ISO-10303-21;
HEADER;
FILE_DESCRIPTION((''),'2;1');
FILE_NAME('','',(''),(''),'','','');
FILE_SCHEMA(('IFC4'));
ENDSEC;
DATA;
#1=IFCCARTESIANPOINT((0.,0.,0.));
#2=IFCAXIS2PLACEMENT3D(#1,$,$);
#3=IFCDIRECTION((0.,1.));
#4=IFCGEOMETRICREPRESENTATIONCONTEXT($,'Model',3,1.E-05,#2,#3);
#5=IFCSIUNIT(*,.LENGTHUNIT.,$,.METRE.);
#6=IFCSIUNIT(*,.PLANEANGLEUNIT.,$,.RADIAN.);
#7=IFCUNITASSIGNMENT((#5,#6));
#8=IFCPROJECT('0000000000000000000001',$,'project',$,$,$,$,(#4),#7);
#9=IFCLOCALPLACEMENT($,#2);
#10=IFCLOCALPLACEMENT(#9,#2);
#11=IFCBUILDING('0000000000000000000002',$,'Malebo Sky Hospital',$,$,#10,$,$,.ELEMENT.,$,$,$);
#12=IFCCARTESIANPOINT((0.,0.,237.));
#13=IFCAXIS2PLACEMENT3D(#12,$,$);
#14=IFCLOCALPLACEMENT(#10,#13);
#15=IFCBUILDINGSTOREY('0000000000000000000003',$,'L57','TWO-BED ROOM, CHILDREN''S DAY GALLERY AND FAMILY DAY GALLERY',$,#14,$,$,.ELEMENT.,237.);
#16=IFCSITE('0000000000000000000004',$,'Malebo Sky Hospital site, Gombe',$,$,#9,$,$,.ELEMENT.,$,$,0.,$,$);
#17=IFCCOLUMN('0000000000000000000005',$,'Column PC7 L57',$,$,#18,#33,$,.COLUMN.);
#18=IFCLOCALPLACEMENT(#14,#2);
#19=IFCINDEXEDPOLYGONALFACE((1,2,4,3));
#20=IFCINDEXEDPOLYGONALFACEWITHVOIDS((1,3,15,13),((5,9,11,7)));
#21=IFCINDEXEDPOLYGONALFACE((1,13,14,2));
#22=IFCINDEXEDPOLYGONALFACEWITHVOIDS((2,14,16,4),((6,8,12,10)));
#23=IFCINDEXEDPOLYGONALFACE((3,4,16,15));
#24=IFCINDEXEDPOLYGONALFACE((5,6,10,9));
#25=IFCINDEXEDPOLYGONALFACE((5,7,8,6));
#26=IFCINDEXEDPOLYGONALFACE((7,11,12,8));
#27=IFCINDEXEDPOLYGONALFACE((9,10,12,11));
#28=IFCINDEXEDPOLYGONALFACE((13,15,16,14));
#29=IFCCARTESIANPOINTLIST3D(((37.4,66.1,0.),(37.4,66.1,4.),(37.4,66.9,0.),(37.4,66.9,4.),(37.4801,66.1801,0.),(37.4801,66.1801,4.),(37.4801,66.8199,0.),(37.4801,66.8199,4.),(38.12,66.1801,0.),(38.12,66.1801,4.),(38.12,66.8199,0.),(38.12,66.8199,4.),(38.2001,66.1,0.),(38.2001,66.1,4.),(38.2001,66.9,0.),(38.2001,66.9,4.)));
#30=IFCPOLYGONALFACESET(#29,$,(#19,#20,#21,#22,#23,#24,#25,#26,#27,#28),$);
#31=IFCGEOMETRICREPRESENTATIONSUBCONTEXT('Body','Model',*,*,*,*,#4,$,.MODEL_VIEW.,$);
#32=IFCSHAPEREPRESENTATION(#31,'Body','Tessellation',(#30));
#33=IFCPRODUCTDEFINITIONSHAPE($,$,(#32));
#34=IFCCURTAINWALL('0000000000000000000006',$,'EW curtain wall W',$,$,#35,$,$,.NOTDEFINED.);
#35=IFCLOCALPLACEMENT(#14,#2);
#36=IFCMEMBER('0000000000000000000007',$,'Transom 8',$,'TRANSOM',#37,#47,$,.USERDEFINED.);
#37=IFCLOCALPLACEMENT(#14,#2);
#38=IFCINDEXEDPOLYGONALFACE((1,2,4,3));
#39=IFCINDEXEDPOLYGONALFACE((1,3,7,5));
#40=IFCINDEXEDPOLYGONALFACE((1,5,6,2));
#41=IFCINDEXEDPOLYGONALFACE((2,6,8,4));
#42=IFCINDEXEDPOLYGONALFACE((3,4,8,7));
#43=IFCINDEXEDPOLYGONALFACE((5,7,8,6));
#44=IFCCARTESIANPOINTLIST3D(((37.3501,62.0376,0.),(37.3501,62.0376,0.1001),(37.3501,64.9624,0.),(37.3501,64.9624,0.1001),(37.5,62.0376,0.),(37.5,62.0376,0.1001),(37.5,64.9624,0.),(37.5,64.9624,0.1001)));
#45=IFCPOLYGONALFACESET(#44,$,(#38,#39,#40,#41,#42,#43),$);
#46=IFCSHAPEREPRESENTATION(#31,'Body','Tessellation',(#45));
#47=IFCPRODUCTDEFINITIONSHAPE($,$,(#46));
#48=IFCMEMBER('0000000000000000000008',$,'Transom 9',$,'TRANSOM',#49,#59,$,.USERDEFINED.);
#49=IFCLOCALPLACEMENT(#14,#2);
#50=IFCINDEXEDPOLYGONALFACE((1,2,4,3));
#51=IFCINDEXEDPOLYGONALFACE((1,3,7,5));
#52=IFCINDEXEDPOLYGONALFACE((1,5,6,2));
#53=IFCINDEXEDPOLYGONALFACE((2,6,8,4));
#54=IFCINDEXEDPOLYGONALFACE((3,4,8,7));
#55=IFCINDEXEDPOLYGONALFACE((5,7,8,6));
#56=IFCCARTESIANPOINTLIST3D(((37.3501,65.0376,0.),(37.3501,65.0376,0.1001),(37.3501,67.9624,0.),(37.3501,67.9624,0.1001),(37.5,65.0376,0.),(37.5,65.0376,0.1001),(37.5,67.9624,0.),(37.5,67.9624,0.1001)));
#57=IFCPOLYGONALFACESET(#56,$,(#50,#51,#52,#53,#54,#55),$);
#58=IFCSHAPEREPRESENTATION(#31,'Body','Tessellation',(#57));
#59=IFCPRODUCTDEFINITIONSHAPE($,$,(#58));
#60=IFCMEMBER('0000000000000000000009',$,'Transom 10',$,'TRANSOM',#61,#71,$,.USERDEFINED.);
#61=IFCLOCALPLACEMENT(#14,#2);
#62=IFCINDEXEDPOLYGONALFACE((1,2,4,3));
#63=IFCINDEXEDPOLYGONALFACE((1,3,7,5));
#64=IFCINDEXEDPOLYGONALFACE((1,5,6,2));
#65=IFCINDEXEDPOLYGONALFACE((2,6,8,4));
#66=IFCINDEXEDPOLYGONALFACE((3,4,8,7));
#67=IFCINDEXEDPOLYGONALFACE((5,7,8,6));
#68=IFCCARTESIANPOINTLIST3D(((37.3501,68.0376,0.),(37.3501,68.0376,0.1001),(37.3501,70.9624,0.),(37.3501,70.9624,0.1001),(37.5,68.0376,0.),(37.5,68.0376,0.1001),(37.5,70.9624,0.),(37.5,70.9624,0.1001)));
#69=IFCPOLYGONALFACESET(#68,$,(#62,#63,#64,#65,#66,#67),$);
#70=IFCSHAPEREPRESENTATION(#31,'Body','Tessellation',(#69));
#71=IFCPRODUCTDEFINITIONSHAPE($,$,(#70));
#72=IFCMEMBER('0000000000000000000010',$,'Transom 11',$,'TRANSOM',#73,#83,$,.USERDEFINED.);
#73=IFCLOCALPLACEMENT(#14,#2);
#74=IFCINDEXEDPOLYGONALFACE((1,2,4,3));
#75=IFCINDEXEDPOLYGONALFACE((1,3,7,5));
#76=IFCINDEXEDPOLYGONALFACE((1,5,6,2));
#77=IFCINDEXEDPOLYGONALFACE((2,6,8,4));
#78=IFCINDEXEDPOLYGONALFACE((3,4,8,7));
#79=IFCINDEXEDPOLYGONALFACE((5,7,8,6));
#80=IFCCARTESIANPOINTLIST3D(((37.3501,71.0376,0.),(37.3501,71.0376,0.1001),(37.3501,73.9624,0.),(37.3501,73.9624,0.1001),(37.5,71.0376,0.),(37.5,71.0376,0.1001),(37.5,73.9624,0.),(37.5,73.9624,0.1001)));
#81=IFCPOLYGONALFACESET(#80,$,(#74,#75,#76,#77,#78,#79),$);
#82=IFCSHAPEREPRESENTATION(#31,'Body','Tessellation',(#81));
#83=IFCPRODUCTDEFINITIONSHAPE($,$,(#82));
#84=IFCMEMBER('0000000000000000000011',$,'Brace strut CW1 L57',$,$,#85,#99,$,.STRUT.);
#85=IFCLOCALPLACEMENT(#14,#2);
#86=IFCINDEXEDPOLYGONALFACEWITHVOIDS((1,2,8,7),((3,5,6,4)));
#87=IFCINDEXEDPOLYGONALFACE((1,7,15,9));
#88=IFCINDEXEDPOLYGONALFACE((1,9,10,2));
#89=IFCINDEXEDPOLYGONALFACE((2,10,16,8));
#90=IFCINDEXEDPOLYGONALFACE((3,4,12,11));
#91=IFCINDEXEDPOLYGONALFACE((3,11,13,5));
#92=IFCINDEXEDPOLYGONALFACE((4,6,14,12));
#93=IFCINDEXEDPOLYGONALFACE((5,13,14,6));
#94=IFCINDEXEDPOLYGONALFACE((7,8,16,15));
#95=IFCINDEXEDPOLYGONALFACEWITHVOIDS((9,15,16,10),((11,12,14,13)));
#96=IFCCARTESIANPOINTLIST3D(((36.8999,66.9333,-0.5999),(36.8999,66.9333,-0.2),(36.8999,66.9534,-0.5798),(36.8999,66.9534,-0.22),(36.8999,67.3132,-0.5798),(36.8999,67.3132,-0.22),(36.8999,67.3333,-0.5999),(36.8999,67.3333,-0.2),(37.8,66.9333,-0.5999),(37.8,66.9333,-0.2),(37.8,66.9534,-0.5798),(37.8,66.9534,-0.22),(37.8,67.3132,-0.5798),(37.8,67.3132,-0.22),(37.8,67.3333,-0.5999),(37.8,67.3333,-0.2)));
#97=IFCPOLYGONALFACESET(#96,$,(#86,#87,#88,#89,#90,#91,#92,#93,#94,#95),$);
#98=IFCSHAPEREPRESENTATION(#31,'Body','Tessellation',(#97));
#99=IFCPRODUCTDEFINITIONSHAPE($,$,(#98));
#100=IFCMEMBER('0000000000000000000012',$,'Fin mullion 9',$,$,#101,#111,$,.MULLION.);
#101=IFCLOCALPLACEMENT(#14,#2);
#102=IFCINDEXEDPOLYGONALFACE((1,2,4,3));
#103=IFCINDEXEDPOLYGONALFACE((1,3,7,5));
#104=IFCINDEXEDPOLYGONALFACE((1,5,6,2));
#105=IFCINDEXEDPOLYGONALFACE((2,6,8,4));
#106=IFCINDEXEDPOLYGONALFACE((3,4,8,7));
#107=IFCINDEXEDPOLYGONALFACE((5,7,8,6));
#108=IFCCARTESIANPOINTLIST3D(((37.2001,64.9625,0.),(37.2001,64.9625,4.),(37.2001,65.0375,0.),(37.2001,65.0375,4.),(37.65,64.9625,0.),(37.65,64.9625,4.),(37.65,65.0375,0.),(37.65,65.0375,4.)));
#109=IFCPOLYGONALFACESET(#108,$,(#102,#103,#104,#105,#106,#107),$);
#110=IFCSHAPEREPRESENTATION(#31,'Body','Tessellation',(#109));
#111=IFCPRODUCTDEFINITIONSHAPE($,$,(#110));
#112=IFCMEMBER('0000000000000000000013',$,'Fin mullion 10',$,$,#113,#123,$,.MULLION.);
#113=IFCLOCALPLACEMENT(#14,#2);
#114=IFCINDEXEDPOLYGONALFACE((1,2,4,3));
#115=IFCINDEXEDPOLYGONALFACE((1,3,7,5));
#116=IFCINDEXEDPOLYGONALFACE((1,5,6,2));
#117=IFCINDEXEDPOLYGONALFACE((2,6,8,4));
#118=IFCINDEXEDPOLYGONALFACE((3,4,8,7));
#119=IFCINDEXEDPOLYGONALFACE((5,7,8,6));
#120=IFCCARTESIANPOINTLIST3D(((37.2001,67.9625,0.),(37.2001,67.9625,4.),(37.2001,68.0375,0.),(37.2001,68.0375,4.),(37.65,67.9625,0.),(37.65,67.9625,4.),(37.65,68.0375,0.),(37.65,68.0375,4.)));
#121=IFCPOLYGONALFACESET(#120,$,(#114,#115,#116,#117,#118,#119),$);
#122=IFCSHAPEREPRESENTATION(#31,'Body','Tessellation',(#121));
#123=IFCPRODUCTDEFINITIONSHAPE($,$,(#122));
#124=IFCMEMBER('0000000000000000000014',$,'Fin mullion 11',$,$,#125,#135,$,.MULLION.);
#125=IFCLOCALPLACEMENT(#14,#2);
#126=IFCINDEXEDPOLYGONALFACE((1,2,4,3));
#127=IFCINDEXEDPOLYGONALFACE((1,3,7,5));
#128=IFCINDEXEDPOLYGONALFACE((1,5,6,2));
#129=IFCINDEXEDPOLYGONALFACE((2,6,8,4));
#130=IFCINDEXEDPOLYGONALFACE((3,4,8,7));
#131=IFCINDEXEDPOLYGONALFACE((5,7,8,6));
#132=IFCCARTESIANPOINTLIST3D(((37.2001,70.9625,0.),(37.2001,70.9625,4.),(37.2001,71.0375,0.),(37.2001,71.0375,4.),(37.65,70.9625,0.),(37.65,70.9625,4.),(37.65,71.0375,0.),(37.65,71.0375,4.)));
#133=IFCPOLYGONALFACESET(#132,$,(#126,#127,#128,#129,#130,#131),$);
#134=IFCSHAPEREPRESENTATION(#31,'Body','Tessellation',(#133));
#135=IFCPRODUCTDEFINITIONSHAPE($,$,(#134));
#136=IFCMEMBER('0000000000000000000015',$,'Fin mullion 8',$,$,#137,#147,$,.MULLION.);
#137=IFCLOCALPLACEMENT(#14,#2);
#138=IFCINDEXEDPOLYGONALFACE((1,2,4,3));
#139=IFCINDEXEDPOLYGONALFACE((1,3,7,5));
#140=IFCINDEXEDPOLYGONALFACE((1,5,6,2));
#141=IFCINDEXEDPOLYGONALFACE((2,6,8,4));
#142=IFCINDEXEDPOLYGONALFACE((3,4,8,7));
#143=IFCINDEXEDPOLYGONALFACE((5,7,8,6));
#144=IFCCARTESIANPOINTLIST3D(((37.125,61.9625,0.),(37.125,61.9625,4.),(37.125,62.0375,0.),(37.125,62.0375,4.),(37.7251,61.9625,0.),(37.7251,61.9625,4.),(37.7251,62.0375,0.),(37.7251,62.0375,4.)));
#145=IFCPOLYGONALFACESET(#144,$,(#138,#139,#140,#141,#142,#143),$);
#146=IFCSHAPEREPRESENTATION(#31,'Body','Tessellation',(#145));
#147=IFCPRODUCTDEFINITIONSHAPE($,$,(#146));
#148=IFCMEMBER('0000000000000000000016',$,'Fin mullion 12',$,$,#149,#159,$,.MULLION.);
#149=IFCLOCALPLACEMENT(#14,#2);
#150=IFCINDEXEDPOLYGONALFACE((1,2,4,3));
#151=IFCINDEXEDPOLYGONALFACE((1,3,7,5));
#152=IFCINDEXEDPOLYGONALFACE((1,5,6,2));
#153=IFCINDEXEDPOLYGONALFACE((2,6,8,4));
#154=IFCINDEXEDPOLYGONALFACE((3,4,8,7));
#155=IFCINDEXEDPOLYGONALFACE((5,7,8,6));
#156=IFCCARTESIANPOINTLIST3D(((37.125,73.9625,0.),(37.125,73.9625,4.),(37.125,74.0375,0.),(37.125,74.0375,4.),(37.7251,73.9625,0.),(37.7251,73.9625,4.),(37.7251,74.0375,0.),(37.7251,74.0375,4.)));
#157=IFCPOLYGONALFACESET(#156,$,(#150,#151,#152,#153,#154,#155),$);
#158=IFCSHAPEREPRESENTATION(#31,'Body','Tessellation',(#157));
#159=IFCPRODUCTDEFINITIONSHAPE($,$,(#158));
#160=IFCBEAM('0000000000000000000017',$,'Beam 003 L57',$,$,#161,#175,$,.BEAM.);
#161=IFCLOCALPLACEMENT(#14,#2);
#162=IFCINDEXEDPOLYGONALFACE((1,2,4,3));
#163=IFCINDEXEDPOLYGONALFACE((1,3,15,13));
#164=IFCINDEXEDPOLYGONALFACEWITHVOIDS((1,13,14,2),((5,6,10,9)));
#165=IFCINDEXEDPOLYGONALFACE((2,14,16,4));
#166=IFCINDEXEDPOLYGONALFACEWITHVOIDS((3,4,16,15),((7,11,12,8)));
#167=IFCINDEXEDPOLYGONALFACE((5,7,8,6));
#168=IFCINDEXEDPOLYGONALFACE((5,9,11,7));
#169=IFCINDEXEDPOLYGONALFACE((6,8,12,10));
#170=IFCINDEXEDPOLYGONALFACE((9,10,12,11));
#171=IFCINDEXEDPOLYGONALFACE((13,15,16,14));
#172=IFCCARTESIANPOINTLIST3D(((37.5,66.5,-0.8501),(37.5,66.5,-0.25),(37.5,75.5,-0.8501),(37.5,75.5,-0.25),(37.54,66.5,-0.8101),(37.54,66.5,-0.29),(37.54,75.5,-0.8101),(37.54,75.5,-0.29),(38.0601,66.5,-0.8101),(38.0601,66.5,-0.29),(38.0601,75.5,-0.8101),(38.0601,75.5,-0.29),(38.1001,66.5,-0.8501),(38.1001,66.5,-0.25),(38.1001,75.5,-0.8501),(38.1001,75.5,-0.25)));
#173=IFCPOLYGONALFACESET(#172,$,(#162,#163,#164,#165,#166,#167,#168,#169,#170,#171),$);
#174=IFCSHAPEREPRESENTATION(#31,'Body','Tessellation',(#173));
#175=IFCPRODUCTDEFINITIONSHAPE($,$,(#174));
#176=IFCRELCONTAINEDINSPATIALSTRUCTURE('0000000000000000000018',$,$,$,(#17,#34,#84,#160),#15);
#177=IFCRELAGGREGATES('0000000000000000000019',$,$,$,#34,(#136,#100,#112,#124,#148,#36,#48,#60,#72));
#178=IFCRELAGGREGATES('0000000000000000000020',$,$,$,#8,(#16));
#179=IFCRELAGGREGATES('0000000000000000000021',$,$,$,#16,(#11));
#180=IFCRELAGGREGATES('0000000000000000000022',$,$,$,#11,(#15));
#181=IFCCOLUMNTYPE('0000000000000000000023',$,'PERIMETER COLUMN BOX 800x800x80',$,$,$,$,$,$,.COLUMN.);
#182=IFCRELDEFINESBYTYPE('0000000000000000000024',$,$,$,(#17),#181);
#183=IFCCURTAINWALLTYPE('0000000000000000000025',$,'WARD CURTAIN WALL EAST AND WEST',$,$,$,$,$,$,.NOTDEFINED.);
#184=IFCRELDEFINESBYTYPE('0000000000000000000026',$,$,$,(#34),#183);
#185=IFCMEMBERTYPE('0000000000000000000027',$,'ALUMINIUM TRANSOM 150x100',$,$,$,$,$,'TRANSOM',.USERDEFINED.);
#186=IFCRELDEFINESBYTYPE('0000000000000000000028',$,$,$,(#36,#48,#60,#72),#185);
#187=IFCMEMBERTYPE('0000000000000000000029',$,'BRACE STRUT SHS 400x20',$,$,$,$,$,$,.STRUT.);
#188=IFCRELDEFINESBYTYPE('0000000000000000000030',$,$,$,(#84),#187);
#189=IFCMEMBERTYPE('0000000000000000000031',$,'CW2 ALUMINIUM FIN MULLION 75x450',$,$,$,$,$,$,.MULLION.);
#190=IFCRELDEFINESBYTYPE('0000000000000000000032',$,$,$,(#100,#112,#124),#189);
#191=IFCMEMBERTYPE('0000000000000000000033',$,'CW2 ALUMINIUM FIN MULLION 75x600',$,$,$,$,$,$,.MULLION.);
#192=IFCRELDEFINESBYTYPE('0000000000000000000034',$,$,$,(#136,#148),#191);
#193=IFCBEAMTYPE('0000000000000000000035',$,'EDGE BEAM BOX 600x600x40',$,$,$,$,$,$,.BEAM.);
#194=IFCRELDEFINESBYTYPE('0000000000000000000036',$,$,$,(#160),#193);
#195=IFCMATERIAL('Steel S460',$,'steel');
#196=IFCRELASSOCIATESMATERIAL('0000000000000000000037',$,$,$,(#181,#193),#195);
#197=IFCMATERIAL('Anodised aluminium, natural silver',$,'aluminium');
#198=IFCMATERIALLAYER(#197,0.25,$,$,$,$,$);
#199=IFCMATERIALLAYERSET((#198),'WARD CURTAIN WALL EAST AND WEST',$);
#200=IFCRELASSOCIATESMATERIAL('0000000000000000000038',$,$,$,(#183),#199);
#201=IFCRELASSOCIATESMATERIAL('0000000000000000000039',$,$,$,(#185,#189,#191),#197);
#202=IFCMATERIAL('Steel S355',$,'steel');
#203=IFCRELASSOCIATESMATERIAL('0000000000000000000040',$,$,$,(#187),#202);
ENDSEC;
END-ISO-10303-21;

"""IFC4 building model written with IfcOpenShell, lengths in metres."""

from ifc_helpers import new_model, si_unit, direction, frame, origin, origin_2d, place, context, subcontext, project, spatial, rectangle, hollow_rectangle, extrude, material, layer, layer_set, material_profile, profile_set, type_object, element, aggregate, save


model = new_model("IFC4")

# Units and contexts
model_context = context("Model", 3, precision=1e-05, world=origin(), true_north=direction((0.0, 1.0)))
body_context = subcontext(model_context, "Body", "Model", "MODEL_VIEW")
ifc_project = project(units=[si_unit("LENGTHUNIT", "METRE"), si_unit("PLANEANGLEUNIT", "RADIAN")], contexts=[model_context])

# Site, building, storey
site_placement = place(None, origin())
site = spatial("IfcSite", under=ifc_project, at=site_placement, Name="Malebo Sky Hospital site, Gombe", CompositionType="ELEMENT", RefElevation=0.0)
building_placement = place(site_placement, origin())
building = spatial("IfcBuilding", under=site, at=building_placement, Name="Malebo Sky Hospital", CompositionType="ELEMENT")
storey_placement = place(building_placement, frame((0.0, 0.0, 237.0)))
storey = spatial("IfcBuildingStorey", under=building, at=storey_placement, Name="L57", Description="TWO-BED ROOM, CHILDREN'S DAY GALLERY AND FAMILY DAY GALLERY", CompositionType="ELEMENT", Elevation=237.0)

# Column
ifc_material_1 = material(Name="Steel S460", Category="steel")
ifc_material_profile_1 = material_profile(ifc_material_1, hollow_rectangle(XDim=0.8, YDim=0.8, WallThickness=0.0801, at=origin_2d()), Name="BOX 800x800x80")
ifc_profile_set_1 = profile_set([ifc_material_profile_1], Name="Steel S460")
column_type = type_object("IfcColumnType", Name="PERIMETER COLUMN BOX 800x800x80", PredefinedType="COLUMN", material=ifc_profile_set_1)
column_placement = place(storey_placement, frame((37.8, 66.5, 0.0), z_axis=(0.0, 0.0, 1.0), x_axis=(1.0, 0.0, 0.0)))
element("IfcColumn", 1, at=column_placement, inside=storey, type_object=column_type, Name="Column PC7 L57", PredefinedType="COLUMN", context=body_context, shape_type="SweptSolid", body=[
    extrude(hollow_rectangle(XDim=0.8, YDim=0.8, WallThickness=0.0801, at=origin_2d()), origin(), (0.0, 0.0, 1.0), 4.0),
])

# Curtain wall, members
ifc_material_2 = material(Name="Anodised aluminium, natural silver", Category="aluminium")
ifc_layer_1 = layer(ifc_material_2, 0.25)
ifc_layer_set_1 = layer_set([ifc_layer_1], Name="WARD CURTAIN WALL EAST AND WEST")
curtain_wall_type = type_object("IfcCurtainWallType", Name="WARD CURTAIN WALL EAST AND WEST", PredefinedType="NOTDEFINED", material=ifc_layer_set_1)
curtain_wall_placement = place(storey_placement, origin())
curtain_wall = element("IfcCurtainWall", 2, at=curtain_wall_placement, inside=storey, type_object=curtain_wall_type, Name="EW curtain wall W", PredefinedType="NOTDEFINED")
ifc_material_profile_2 = material_profile(ifc_material_2, rectangle(XDim=0.1499, YDim=0.1001, at=origin_2d()), Name="ALUMINIUM TRANSOM 150x100")
ifc_profile_set_2 = profile_set([ifc_material_profile_2], Name="Anodised aluminium, natural silver")
member_type_1 = type_object("IfcMemberType", Name="ALUMINIUM TRANSOM 150x100", ElementType="TRANSOM", PredefinedType="USERDEFINED", material=ifc_profile_set_2)
member_1_placement = place(storey_placement, frame((37.425, 62.0376, 0.05), z_axis=(0.0, 1.0, 0.0), x_axis=(-1.0, 0.0, 0.0)))
member_1 = element("IfcMember", 3, at=member_1_placement, type_object=member_type_1, Name="Transom 8", ObjectType="TRANSOM", PredefinedType="USERDEFINED", context=body_context, shape_type="SweptSolid", body=[
    extrude(rectangle(XDim=0.1499, YDim=0.1001, at=origin_2d()), origin(), (0.0, 0.0, 1.0), 2.9248),
])
member_2_placement = place(storey_placement, frame((37.425, 65.0376, 0.05), z_axis=(0.0, 1.0, 0.0), x_axis=(-1.0, 0.0, 0.0)))
member_2 = element("IfcMember", 4, at=member_2_placement, type_object=member_type_1, Name="Transom 9", ObjectType="TRANSOM", PredefinedType="USERDEFINED", context=body_context, shape_type="SweptSolid", body=[
    extrude(rectangle(XDim=0.1499, YDim=0.1001, at=origin_2d()), origin(), (0.0, 0.0, 1.0), 2.9248),
])
member_3_placement = place(storey_placement, frame((37.425, 68.0376, 0.05), z_axis=(0.0, 1.0, 0.0), x_axis=(-1.0, 0.0, 0.0)))
member_3 = element("IfcMember", 5, at=member_3_placement, type_object=member_type_1, Name="Transom 10", ObjectType="TRANSOM", PredefinedType="USERDEFINED", context=body_context, shape_type="SweptSolid", body=[
    extrude(rectangle(XDim=0.1499, YDim=0.1001, at=origin_2d()), origin(), (0.0, 0.0, 1.0), 2.9248),
])
member_4_placement = place(storey_placement, frame((37.425, 71.0376, 0.05), z_axis=(0.0, 1.0, 0.0), x_axis=(-1.0, 0.0, 0.0)))
member_4 = element("IfcMember", 6, at=member_4_placement, type_object=member_type_1, Name="Transom 11", ObjectType="TRANSOM", PredefinedType="USERDEFINED", context=body_context, shape_type="SweptSolid", body=[
    extrude(rectangle(XDim=0.1499, YDim=0.1001, at=origin_2d()), origin(), (0.0, 0.0, 1.0), 2.9248),
])

# Members
ifc_material_3 = material(Name="Steel S355", Category="steel")
ifc_material_profile_3 = material_profile(ifc_material_3, hollow_rectangle(XDim=0.3999, YDim=0.3999, WallThickness=0.02, at=origin_2d()), Name="SHS 400x20")
ifc_profile_set_3 = profile_set([ifc_material_profile_3], Name="Steel S355")
member_type_2 = type_object("IfcMemberType", Name="BRACE STRUT SHS 400x20", PredefinedType="STRUT", material=ifc_profile_set_3)
member_5_placement = place(storey_placement, frame((36.8999, 67.1333, -0.3999), z_axis=(1.0, 0.0, 0.0), x_axis=(0.0, 1.0, 0.0)))
element("IfcMember", 7, at=member_5_placement, inside=storey, type_object=member_type_2, Name="Brace strut CW1 L57", PredefinedType="STRUT", context=body_context, shape_type="SweptSolid", body=[
    extrude(hollow_rectangle(XDim=0.3999, YDim=0.3999, WallThickness=0.02, at=origin_2d()), origin(), (0.0, 0.0, 1.0), 0.9001),
])
ifc_material_profile_4 = material_profile(ifc_material_2, rectangle(XDim=0.075, YDim=0.45, at=origin_2d()), Name="CW2 ALUMINIUM FIN MULLION 75x450")
ifc_profile_set_4 = profile_set([ifc_material_profile_4], Name="Anodised aluminium, natural silver")
member_type_3 = type_object("IfcMemberType", Name="CW2 ALUMINIUM FIN MULLION 75x450", PredefinedType="MULLION", material=ifc_profile_set_4)
member_6_placement = place(storey_placement, frame((37.425, 65.0, 0.0), z_axis=(0.0, 0.0, 1.0), x_axis=(0.0, 1.0, 0.0)))
member_6 = element("IfcMember", 8, at=member_6_placement, type_object=member_type_3, Name="Fin mullion 9", PredefinedType="MULLION", context=body_context, shape_type="SweptSolid", body=[
    extrude(rectangle(XDim=0.075, YDim=0.45, at=origin_2d()), origin(), (0.0, 0.0, 1.0), 4.0),
])
member_7_placement = place(storey_placement, frame((37.425, 68.0, 0.0), z_axis=(0.0, 0.0, 1.0), x_axis=(0.0, 1.0, 0.0)))
member_7 = element("IfcMember", 9, at=member_7_placement, type_object=member_type_3, Name="Fin mullion 10", PredefinedType="MULLION", context=body_context, shape_type="SweptSolid", body=[
    extrude(rectangle(XDim=0.075, YDim=0.45, at=origin_2d()), origin(), (0.0, 0.0, 1.0), 4.0),
])
member_8_placement = place(storey_placement, frame((37.425, 71.0, 0.0), z_axis=(0.0, 0.0, 1.0), x_axis=(0.0, 1.0, 0.0)))
member_8 = element("IfcMember", 10, at=member_8_placement, type_object=member_type_3, Name="Fin mullion 11", PredefinedType="MULLION", context=body_context, shape_type="SweptSolid", body=[
    extrude(rectangle(XDim=0.075, YDim=0.45, at=origin_2d()), origin(), (0.0, 0.0, 1.0), 4.0),
])
ifc_material_profile_5 = material_profile(ifc_material_2, rectangle(XDim=0.075, YDim=0.6001, at=origin_2d()), Name="CW2 ALUMINIUM FIN MULLION 75x600")
ifc_profile_set_5 = profile_set([ifc_material_profile_5], Name="Anodised aluminium, natural silver")
member_type_4 = type_object("IfcMemberType", Name="CW2 ALUMINIUM FIN MULLION 75x600", PredefinedType="MULLION", material=ifc_profile_set_5)
member_9_placement = place(storey_placement, frame((37.425, 62.0, 0.0), z_axis=(0.0, 0.0, 1.0), x_axis=(0.0, 1.0, 0.0)))
member_9 = element("IfcMember", 11, at=member_9_placement, type_object=member_type_4, Name="Fin mullion 8", PredefinedType="MULLION", context=body_context, shape_type="SweptSolid", body=[
    extrude(rectangle(XDim=0.075, YDim=0.6001, at=origin_2d()), origin(), (0.0, 0.0, 1.0), 4.0),
])
member_10_placement = place(storey_placement, frame((37.425, 74.0, 0.0), z_axis=(0.0, 0.0, 1.0), x_axis=(0.0, 1.0, 0.0)))
member_10 = element("IfcMember", 12, at=member_10_placement, type_object=member_type_4, Name="Fin mullion 12", PredefinedType="MULLION", context=body_context, shape_type="SweptSolid", body=[
    extrude(rectangle(XDim=0.075, YDim=0.6001, at=origin_2d()), origin(), (0.0, 0.0, 1.0), 4.0),
])

# Beam
ifc_material_profile_6 = material_profile(ifc_material_1, hollow_rectangle(XDim=0.6001, YDim=0.6001, WallThickness=0.04, at=origin_2d()), Name="BOX 600x600x40")
ifc_profile_set_6 = profile_set([ifc_material_profile_6], Name="Steel S460")
beam_type_1 = type_object("IfcBeamType", Name="EDGE BEAM BOX 600x600x40", PredefinedType="BEAM", material=ifc_profile_set_6)
beam_1_placement = place(storey_placement, frame((37.8, 66.5, -0.55), z_axis=(0.0, 1.0, 0.0), x_axis=(-1.0, 0.0, 0.0)))
element("IfcBeam", 13, at=beam_1_placement, inside=storey, type_object=beam_type_1, Name="Beam 003 L57", PredefinedType="BEAM", context=body_context, shape_type="SweptSolid", body=[
    extrude(hollow_rectangle(XDim=0.6001, YDim=0.6001, WallThickness=0.04, at=origin_2d()), origin(), (0.0, 0.0, 1.0), 9.0),
])

aggregate(curtain_wall, [member_9, member_6, member_7, member_8, member_10, member_1, member_2, member_3, member_4])

save(model, "model.ifc")
